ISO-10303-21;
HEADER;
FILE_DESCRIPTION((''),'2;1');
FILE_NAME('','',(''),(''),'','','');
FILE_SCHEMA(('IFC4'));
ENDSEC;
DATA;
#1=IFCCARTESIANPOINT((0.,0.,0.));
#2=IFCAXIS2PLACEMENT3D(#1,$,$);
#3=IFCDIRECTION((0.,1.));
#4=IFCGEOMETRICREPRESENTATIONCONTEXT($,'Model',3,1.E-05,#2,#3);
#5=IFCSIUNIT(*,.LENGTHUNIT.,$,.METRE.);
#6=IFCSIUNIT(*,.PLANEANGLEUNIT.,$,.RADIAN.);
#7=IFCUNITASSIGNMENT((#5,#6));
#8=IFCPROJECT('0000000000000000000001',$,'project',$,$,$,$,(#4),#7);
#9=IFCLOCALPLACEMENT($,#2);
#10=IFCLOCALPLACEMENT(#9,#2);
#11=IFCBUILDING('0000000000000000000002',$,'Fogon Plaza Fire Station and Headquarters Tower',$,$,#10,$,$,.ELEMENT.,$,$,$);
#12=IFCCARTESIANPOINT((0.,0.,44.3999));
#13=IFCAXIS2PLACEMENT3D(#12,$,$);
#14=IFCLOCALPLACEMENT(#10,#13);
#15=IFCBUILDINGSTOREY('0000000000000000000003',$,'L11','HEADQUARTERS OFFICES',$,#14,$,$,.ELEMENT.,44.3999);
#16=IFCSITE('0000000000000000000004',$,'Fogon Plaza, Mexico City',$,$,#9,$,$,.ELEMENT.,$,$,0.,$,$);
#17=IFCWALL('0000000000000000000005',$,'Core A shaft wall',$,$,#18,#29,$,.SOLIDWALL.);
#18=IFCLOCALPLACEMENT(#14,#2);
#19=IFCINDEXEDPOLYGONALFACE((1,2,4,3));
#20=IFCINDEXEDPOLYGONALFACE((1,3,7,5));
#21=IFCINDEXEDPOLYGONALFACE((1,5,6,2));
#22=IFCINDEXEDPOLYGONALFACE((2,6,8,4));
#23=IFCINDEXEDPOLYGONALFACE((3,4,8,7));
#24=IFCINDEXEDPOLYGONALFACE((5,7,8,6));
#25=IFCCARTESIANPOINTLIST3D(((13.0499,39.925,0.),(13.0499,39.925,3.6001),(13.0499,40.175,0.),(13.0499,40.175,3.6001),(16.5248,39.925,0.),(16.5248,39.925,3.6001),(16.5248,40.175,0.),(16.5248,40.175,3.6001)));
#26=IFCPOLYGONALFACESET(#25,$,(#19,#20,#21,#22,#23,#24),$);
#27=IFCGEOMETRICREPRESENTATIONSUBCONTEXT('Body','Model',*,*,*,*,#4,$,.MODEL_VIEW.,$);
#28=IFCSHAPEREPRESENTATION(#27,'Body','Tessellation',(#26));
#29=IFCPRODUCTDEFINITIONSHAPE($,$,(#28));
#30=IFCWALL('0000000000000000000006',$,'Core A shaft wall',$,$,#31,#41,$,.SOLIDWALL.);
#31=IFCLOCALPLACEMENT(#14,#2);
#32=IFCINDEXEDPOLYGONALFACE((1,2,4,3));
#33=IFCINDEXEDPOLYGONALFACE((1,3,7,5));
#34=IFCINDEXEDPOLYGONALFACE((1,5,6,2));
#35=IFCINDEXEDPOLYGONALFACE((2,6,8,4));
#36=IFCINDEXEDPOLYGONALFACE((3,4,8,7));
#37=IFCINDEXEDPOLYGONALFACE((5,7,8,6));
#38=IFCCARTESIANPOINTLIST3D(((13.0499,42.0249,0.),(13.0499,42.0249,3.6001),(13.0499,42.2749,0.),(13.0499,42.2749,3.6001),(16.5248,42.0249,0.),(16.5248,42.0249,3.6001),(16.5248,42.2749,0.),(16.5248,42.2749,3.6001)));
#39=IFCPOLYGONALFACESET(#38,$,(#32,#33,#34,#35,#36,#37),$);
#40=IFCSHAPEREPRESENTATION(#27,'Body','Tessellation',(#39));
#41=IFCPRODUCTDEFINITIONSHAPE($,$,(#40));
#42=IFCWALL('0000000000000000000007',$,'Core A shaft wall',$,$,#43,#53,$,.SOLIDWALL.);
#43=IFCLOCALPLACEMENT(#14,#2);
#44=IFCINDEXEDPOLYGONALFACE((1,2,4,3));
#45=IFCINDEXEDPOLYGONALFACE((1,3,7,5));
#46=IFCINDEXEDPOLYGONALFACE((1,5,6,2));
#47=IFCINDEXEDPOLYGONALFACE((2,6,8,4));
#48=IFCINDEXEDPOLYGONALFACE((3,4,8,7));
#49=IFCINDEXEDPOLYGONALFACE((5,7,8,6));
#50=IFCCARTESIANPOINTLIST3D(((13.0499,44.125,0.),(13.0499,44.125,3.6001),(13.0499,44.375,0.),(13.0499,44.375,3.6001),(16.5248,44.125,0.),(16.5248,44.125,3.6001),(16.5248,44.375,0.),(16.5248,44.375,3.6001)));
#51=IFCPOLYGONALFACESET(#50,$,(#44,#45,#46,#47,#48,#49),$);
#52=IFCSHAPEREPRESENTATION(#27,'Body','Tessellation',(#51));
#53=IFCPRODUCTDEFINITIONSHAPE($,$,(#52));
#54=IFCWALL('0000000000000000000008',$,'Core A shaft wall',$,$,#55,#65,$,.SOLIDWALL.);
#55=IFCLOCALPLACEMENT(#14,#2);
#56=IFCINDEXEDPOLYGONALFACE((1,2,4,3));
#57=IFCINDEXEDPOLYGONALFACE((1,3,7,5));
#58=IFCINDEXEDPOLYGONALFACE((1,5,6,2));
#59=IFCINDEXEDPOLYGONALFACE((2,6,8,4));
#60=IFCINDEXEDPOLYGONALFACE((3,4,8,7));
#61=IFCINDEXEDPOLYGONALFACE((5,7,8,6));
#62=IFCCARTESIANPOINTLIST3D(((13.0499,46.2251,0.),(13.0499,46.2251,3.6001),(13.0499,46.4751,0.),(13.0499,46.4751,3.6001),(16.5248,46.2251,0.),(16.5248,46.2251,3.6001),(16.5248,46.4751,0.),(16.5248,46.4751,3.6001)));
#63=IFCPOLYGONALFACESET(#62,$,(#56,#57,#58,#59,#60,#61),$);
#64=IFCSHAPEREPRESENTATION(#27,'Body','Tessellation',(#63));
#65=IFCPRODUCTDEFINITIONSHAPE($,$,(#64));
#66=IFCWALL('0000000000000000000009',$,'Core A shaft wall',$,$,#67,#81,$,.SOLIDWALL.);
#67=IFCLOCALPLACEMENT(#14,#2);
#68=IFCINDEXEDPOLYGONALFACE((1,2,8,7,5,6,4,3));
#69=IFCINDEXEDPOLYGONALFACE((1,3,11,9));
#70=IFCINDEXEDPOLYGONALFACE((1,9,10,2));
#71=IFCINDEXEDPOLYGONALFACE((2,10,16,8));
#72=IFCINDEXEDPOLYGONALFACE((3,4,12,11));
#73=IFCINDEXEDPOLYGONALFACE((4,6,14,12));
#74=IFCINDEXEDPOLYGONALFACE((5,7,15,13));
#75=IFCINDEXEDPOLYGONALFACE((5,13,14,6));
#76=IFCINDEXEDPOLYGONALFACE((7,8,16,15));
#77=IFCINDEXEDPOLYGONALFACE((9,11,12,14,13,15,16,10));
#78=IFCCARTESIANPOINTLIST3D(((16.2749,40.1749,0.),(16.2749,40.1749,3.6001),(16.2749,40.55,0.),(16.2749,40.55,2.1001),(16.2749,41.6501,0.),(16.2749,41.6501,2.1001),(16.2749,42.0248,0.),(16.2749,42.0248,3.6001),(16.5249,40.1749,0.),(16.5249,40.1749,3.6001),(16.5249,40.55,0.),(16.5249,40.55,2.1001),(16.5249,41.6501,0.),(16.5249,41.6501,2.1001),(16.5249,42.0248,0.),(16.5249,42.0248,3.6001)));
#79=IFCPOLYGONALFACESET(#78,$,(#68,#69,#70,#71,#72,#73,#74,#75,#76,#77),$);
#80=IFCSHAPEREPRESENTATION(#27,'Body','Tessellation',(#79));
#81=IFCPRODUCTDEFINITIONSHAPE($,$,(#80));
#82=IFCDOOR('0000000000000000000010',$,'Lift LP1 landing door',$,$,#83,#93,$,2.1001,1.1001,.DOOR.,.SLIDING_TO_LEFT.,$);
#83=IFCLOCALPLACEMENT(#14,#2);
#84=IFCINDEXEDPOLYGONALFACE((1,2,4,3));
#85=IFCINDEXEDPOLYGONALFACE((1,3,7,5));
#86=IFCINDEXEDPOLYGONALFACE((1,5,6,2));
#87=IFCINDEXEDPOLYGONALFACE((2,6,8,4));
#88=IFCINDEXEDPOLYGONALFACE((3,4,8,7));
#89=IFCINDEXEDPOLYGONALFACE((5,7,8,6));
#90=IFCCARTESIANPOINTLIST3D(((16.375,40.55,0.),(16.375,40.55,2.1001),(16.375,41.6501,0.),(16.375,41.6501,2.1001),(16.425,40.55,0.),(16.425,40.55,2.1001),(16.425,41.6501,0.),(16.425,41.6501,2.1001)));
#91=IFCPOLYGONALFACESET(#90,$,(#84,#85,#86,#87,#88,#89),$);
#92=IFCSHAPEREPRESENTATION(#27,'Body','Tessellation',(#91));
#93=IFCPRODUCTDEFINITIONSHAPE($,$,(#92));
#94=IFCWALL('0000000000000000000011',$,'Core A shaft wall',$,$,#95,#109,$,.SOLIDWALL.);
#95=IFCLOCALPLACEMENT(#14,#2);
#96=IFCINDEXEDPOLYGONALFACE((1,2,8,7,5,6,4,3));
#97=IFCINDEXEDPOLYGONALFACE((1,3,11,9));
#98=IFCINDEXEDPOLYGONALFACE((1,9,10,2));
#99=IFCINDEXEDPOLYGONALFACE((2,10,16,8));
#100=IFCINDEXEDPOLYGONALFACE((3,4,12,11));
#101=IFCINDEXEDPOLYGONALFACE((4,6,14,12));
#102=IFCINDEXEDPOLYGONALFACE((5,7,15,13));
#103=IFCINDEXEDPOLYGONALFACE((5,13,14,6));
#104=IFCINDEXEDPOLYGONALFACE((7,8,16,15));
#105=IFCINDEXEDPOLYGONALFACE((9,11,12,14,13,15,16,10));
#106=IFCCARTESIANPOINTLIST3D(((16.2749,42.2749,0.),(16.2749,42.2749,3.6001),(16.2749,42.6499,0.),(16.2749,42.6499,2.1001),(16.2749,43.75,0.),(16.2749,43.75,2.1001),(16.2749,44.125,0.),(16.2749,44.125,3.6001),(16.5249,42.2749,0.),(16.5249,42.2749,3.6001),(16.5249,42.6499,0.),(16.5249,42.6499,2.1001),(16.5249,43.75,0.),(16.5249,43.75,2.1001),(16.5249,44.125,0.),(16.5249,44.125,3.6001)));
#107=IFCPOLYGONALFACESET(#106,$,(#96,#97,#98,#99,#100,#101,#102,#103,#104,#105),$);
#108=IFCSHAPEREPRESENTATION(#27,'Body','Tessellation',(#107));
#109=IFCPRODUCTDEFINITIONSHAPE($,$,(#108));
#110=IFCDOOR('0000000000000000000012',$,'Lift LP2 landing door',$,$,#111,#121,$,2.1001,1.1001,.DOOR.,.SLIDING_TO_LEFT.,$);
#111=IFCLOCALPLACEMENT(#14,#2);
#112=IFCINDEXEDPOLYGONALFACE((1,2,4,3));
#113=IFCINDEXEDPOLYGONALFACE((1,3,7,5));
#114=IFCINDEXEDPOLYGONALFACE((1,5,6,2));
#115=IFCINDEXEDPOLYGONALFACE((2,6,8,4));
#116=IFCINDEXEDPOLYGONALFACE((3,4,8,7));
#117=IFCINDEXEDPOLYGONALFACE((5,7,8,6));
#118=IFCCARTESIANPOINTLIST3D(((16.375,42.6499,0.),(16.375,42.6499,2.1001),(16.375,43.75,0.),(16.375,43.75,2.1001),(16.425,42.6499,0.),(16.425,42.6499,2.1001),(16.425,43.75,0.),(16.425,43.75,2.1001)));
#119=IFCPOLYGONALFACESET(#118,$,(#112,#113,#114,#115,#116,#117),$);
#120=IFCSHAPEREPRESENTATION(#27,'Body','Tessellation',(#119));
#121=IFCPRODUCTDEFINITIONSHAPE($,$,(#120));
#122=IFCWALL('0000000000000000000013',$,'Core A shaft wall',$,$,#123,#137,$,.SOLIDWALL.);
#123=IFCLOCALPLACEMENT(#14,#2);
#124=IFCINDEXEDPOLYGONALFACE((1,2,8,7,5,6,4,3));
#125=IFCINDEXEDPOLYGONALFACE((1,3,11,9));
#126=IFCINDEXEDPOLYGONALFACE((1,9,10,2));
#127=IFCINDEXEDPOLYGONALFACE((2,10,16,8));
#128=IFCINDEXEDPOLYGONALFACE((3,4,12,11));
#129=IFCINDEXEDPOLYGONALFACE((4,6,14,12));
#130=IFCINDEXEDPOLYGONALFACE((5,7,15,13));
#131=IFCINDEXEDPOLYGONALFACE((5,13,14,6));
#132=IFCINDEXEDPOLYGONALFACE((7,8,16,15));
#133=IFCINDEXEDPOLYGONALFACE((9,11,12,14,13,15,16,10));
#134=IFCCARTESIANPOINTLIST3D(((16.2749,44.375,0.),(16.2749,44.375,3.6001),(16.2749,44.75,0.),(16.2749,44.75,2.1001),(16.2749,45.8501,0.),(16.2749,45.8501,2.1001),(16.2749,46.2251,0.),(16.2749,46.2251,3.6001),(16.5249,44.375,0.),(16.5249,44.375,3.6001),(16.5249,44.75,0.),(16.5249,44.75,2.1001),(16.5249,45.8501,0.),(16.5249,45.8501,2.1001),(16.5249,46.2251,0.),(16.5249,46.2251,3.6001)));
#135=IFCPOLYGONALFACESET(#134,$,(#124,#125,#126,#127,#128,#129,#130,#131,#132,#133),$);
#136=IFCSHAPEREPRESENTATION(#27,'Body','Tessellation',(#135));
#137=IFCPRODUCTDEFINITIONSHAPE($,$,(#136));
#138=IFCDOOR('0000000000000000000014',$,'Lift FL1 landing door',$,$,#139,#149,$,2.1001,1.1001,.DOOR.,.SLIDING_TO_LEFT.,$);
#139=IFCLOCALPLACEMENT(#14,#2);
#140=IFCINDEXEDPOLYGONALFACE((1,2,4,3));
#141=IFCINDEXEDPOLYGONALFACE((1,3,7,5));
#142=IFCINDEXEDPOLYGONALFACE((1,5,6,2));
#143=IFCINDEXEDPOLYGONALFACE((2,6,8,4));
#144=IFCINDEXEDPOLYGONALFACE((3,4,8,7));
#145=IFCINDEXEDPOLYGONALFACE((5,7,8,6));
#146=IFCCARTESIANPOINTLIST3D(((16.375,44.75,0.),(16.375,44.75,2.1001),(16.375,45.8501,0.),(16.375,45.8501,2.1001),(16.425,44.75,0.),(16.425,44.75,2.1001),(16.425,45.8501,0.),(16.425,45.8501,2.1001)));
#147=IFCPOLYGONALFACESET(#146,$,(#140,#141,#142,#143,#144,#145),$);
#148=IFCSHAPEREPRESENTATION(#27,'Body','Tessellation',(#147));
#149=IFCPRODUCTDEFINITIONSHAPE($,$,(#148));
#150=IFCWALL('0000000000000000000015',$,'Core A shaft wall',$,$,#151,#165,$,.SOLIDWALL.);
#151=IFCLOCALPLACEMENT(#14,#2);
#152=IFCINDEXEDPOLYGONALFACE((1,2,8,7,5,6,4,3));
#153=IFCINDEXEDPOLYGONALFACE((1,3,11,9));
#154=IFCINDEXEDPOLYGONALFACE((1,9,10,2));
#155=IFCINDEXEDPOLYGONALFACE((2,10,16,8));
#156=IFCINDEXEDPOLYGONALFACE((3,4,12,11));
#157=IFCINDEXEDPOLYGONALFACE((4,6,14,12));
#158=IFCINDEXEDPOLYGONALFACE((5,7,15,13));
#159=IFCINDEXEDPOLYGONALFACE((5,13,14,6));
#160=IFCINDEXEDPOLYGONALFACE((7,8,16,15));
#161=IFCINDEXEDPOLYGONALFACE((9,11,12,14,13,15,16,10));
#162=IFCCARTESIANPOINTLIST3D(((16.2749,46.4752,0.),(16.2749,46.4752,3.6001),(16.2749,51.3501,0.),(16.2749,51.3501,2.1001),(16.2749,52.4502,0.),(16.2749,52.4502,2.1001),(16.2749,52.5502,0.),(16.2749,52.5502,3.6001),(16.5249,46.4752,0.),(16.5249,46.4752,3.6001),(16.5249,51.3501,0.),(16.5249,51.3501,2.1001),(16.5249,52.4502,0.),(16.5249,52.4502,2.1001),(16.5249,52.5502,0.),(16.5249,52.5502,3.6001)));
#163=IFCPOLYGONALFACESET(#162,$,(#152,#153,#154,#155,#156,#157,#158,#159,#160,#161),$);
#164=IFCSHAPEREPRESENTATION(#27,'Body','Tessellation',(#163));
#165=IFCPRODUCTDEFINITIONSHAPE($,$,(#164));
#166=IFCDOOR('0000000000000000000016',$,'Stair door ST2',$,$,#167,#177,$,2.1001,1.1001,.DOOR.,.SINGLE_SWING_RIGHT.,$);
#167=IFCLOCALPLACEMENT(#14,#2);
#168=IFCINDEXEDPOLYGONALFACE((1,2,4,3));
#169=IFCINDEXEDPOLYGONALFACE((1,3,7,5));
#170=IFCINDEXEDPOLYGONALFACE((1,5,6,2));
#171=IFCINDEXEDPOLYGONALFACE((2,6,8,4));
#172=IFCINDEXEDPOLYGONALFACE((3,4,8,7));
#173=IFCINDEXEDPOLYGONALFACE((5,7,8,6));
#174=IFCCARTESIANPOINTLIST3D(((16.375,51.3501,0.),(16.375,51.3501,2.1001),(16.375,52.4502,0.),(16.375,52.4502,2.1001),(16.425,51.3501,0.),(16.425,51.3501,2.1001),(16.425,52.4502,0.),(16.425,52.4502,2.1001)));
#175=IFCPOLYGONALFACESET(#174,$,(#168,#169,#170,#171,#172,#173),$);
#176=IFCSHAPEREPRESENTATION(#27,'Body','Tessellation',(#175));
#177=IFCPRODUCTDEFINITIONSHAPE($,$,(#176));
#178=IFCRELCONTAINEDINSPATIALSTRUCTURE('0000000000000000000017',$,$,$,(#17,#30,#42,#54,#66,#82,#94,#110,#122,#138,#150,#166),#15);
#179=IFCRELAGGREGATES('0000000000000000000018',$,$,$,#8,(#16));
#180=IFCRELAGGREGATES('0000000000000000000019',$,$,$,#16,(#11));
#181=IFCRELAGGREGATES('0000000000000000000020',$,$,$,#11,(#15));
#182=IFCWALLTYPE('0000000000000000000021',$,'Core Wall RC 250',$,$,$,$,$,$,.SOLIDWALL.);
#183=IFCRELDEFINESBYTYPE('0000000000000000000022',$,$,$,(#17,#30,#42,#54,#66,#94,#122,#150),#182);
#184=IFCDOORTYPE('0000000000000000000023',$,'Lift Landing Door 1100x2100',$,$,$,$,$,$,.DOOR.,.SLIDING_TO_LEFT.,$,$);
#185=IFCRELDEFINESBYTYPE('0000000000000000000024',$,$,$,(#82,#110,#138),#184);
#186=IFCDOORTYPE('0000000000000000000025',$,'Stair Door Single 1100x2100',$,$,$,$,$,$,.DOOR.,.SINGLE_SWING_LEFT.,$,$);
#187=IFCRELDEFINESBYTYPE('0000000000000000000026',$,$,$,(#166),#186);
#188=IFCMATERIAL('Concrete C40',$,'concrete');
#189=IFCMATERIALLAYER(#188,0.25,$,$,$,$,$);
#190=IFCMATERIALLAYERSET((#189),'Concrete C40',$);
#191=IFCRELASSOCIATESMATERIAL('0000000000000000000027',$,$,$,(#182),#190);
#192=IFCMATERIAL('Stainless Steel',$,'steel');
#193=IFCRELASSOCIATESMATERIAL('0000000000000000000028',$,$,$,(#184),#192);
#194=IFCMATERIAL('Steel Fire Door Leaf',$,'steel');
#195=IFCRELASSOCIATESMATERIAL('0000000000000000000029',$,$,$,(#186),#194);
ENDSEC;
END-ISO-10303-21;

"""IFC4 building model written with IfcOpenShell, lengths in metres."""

from ifc_helpers import new_model, si_unit, direction, frame, frame_2d, origin, place, context, subcontext, project, spatial, rectangle, extrude, material, layer, layer_set, type_object, element, fill, save


model = new_model("IFC4")

# Units and contexts
model_context = context("Model", 3, precision=1e-05, world=origin(), true_north=direction((0.0, 1.0)))
body_context = subcontext(model_context, "Body", "Model", "MODEL_VIEW")
ifc_project = project(units=[si_unit("LENGTHUNIT", "METRE"), si_unit("PLANEANGLEUNIT", "RADIAN")], contexts=[model_context])

# Site, building, storey
site_placement = place(None, origin())
site = spatial("IfcSite", under=ifc_project, at=site_placement, Name="Fogon Plaza, Mexico City", CompositionType="ELEMENT", RefElevation=0.0)
building_placement = place(site_placement, origin())
building = spatial("IfcBuilding", under=site, at=building_placement, Name="Fogon Plaza Fire Station and Headquarters Tower", CompositionType="ELEMENT")
storey_placement = place(building_placement, frame((0.0, 0.0, 44.3999)))
storey = spatial("IfcBuildingStorey", under=building, at=storey_placement, Name="L11", Description="HEADQUARTERS OFFICES", CompositionType="ELEMENT", Elevation=44.3999)

# Walls
ifc_material_1 = material(Name="Concrete C40", Category="concrete")
ifc_layer = layer(ifc_material_1, 0.25)
ifc_layer_set = layer_set([ifc_layer], Name="Concrete C40")
wall_type = type_object("IfcWallType", Name="Core Wall RC 250", PredefinedType="SOLIDWALL", material=ifc_layer_set)
for number, where, z_axis, x_axis, name in (
    (1, (13.05, 40.05, 0.0), (0.0, 0.0, 1.0), (1.0, 0.0, 0.0), "Core A shaft wall"),
    (2, (13.05, 42.1499, 0.0), (0.0, 0.0, 1.0), (1.0, 0.0, 0.0), "Core A shaft wall"),
    (3, (13.05, 44.25, 0.0), (0.0, 0.0, 1.0), (1.0, 0.0, 0.0), "Core A shaft wall"),
    (4, (13.05, 46.3501, 0.0), (0.0, 0.0, 1.0), (1.0, 0.0, 0.0), "Core A shaft wall"),
):
    element("IfcWall", number, at=place(storey_placement, frame(where, z_axis=z_axis, x_axis=x_axis)), inside=storey, type_object=wall_type, Name=name, PredefinedType="SOLIDWALL", context=body_context, shape_type="SweptSolid", body=[
        extrude(rectangle(XDim=3.4749, YDim=0.25, at=frame_2d((1.7373, 0.0))), origin(), (0.0, 0.0, 1.0), 3.6001),
    ])

# Walls, openings, doors
wall_1_placement = place(storey_placement, frame((16.3999, 40.175, 0.0), z_axis=(0.0, 0.0, 1.0), x_axis=(0.0, 1.0, 0.0)))
wall_1 = element("IfcWall", 5, at=wall_1_placement, inside=storey, type_object=wall_type, Name="Core A shaft wall", PredefinedType="SOLIDWALL", context=body_context, shape_type="SweptSolid", body=[
    extrude(rectangle(XDim=1.8499, YDim=0.25, at=frame_2d((0.9248, 0.0))), origin(), (0.0, 0.0, 1.0), 3.6001),
])
opening_1_placement = place(wall_1_placement, frame((0.375, 0.0, 0.0)))
opening_1 = element("IfcOpeningElement", 6, at=opening_1_placement, cuts=wall_1, PredefinedType="OPENING", context=body_context, shape_type="SweptSolid", body=[
    extrude(rectangle(XDim=1.1001, YDim=2.1001, at=frame_2d((0.55, 1.05))), frame((0.0, 0.135, 0.0), z_axis=(0.0, -1.0, 0.0), x_axis=(1.0, 0.0, 0.0)), (0.0, 0.0, 1.0), 0.27),
])
ifc_material_2 = material(Name="Stainless Steel", Category="steel")
door_type_1 = type_object("IfcDoorType", Name="Lift Landing Door 1100x2100", OperationType="SLIDING_TO_LEFT", PredefinedType="DOOR", material=ifc_material_2)
door_1_placement = place(opening_1_placement, origin())
door_1 = element("IfcDoor", 7, at=door_1_placement, inside=storey, type_object=door_type_1, Name="Lift LP1 landing door", OperationType="SLIDING_TO_LEFT", OverallHeight=2.1001, OverallWidth=1.1001, PredefinedType="DOOR", context=body_context, shape_type="SweptSolid", body=[
    extrude(rectangle(XDim=1.1001, YDim=2.1001, at=frame_2d((0.55, 1.05))), frame((0.0, 0.0249, 0.0), z_axis=(0.0, -1.0, 0.0), x_axis=(1.0, 0.0, 0.0)), (0.0, 0.0, 1.0), 0.05),
])
fill(opening_1, door_1)
wall_2_placement = place(storey_placement, frame((16.3999, 42.2749, 0.0), z_axis=(0.0, 0.0, 1.0), x_axis=(0.0, 1.0, 0.0)))
wall_2 = element("IfcWall", 8, at=wall_2_placement, inside=storey, type_object=wall_type, Name="Core A shaft wall", PredefinedType="SOLIDWALL", context=body_context, shape_type="SweptSolid", body=[
    extrude(rectangle(XDim=1.8501, YDim=0.25, at=frame_2d((0.925, 0.0))), origin(), (0.0, 0.0, 1.0), 3.6001),
])
opening_2_placement = place(wall_2_placement, frame((0.375, 0.0, 0.0)))
opening_2 = element("IfcOpeningElement", 9, at=opening_2_placement, cuts=wall_2, PredefinedType="OPENING", context=body_context, shape_type="SweptSolid", body=[
    extrude(rectangle(XDim=1.1001, YDim=2.1001, at=frame_2d((0.55, 1.05))), frame((0.0, 0.135, 0.0), z_axis=(0.0, -1.0, 0.0), x_axis=(1.0, 0.0, 0.0)), (0.0, 0.0, 1.0), 0.27),
])
door_2_placement = place(opening_2_placement, origin())
door_2 = element("IfcDoor", 10, at=door_2_placement, inside=storey, type_object=door_type_1, Name="Lift LP2 landing door", OperationType="SLIDING_TO_LEFT", OverallHeight=2.1001, OverallWidth=1.1001, PredefinedType="DOOR", context=body_context, shape_type="SweptSolid", body=[
    extrude(rectangle(XDim=1.1001, YDim=2.1001, at=frame_2d((0.55, 1.05))), frame((0.0, 0.0249, 0.0), z_axis=(0.0, -1.0, 0.0), x_axis=(1.0, 0.0, 0.0)), (0.0, 0.0, 1.0), 0.05),
])
fill(opening_2, door_2)
wall_3_placement = place(storey_placement, frame((16.3999, 44.375, 0.0), z_axis=(0.0, 0.0, 1.0), x_axis=(0.0, 1.0, 0.0)))
wall_3 = element("IfcWall", 11, at=wall_3_placement, inside=storey, type_object=wall_type, Name="Core A shaft wall", PredefinedType="SOLIDWALL", context=body_context, shape_type="SweptSolid", body=[
    extrude(rectangle(XDim=1.8501, YDim=0.25, at=frame_2d((0.925, 0.0))), origin(), (0.0, 0.0, 1.0), 3.6001),
])
opening_3_placement = place(wall_3_placement, frame((0.375, 0.0, 0.0)))
opening_3 = element("IfcOpeningElement", 12, at=opening_3_placement, cuts=wall_3, PredefinedType="OPENING", context=body_context, shape_type="SweptSolid", body=[
    extrude(rectangle(XDim=1.1001, YDim=2.1001, at=frame_2d((0.55, 1.05))), frame((0.0, 0.135, 0.0), z_axis=(0.0, -1.0, 0.0), x_axis=(1.0, 0.0, 0.0)), (0.0, 0.0, 1.0), 0.27),
])
door_3_placement = place(opening_3_placement, origin())
door_3 = element("IfcDoor", 13, at=door_3_placement, inside=storey, type_object=door_type_1, Name="Lift FL1 landing door", OperationType="SLIDING_TO_LEFT", OverallHeight=2.1001, OverallWidth=1.1001, PredefinedType="DOOR", context=body_context, shape_type="SweptSolid", body=[
    extrude(rectangle(XDim=1.1001, YDim=2.1001, at=frame_2d((0.55, 1.05))), frame((0.0, 0.0249, 0.0), z_axis=(0.0, -1.0, 0.0), x_axis=(1.0, 0.0, 0.0)), (0.0, 0.0, 1.0), 0.05),
])
fill(opening_3, door_3)
wall_4_placement = place(storey_placement, frame((16.3999, 46.4751, 0.0), z_axis=(0.0, 0.0, 1.0), x_axis=(0.0, 1.0, 0.0)))
wall_4 = element("IfcWall", 14, at=wall_4_placement, inside=storey, type_object=wall_type, Name="Core A shaft wall", PredefinedType="SOLIDWALL", context=body_context, shape_type="SweptSolid", body=[
    extrude(rectangle(XDim=6.075, YDim=0.25, at=frame_2d((3.0376, 0.0))), origin(), (0.0, 0.0, 1.0), 3.6001),
])
opening_4_placement = place(wall_4_placement, frame((4.875, 0.0, 0.0)))
opening_4 = element("IfcOpeningElement", 15, at=opening_4_placement, cuts=wall_4, PredefinedType="OPENING", context=body_context, shape_type="SweptSolid", body=[
    extrude(rectangle(XDim=1.1001, YDim=2.1001, at=frame_2d((0.55, 1.05))), frame((0.0, 0.135, 0.0), z_axis=(0.0, -1.0, 0.0), x_axis=(1.0, 0.0, 0.0)), (0.0, 0.0, 1.0), 0.27),
])
ifc_material_3 = material(Name="Steel Fire Door Leaf", Category="steel")
door_type_2 = type_object("IfcDoorType", Name="Stair Door Single 1100x2100", OperationType="SINGLE_SWING_LEFT", PredefinedType="DOOR", material=ifc_material_3)
door_4_placement = place(opening_4_placement, origin())
door_4 = element("IfcDoor", 16, at=door_4_placement, inside=storey, type_object=door_type_2, Name="Stair door ST2", OperationType="SINGLE_SWING_RIGHT", OverallHeight=2.1001, OverallWidth=1.1001, PredefinedType="DOOR", context=body_context, shape_type="SweptSolid", body=[
    extrude(rectangle(XDim=1.1001, YDim=2.1001, at=frame_2d((0.55, 1.05))), frame((0.0, 0.0249, 0.0), z_axis=(0.0, -1.0, 0.0), x_axis=(1.0, 0.0, 0.0)), (0.0, 0.0, 1.0), 0.05),
])
fill(opening_4, door_4)

save(model, "model.ifc")
